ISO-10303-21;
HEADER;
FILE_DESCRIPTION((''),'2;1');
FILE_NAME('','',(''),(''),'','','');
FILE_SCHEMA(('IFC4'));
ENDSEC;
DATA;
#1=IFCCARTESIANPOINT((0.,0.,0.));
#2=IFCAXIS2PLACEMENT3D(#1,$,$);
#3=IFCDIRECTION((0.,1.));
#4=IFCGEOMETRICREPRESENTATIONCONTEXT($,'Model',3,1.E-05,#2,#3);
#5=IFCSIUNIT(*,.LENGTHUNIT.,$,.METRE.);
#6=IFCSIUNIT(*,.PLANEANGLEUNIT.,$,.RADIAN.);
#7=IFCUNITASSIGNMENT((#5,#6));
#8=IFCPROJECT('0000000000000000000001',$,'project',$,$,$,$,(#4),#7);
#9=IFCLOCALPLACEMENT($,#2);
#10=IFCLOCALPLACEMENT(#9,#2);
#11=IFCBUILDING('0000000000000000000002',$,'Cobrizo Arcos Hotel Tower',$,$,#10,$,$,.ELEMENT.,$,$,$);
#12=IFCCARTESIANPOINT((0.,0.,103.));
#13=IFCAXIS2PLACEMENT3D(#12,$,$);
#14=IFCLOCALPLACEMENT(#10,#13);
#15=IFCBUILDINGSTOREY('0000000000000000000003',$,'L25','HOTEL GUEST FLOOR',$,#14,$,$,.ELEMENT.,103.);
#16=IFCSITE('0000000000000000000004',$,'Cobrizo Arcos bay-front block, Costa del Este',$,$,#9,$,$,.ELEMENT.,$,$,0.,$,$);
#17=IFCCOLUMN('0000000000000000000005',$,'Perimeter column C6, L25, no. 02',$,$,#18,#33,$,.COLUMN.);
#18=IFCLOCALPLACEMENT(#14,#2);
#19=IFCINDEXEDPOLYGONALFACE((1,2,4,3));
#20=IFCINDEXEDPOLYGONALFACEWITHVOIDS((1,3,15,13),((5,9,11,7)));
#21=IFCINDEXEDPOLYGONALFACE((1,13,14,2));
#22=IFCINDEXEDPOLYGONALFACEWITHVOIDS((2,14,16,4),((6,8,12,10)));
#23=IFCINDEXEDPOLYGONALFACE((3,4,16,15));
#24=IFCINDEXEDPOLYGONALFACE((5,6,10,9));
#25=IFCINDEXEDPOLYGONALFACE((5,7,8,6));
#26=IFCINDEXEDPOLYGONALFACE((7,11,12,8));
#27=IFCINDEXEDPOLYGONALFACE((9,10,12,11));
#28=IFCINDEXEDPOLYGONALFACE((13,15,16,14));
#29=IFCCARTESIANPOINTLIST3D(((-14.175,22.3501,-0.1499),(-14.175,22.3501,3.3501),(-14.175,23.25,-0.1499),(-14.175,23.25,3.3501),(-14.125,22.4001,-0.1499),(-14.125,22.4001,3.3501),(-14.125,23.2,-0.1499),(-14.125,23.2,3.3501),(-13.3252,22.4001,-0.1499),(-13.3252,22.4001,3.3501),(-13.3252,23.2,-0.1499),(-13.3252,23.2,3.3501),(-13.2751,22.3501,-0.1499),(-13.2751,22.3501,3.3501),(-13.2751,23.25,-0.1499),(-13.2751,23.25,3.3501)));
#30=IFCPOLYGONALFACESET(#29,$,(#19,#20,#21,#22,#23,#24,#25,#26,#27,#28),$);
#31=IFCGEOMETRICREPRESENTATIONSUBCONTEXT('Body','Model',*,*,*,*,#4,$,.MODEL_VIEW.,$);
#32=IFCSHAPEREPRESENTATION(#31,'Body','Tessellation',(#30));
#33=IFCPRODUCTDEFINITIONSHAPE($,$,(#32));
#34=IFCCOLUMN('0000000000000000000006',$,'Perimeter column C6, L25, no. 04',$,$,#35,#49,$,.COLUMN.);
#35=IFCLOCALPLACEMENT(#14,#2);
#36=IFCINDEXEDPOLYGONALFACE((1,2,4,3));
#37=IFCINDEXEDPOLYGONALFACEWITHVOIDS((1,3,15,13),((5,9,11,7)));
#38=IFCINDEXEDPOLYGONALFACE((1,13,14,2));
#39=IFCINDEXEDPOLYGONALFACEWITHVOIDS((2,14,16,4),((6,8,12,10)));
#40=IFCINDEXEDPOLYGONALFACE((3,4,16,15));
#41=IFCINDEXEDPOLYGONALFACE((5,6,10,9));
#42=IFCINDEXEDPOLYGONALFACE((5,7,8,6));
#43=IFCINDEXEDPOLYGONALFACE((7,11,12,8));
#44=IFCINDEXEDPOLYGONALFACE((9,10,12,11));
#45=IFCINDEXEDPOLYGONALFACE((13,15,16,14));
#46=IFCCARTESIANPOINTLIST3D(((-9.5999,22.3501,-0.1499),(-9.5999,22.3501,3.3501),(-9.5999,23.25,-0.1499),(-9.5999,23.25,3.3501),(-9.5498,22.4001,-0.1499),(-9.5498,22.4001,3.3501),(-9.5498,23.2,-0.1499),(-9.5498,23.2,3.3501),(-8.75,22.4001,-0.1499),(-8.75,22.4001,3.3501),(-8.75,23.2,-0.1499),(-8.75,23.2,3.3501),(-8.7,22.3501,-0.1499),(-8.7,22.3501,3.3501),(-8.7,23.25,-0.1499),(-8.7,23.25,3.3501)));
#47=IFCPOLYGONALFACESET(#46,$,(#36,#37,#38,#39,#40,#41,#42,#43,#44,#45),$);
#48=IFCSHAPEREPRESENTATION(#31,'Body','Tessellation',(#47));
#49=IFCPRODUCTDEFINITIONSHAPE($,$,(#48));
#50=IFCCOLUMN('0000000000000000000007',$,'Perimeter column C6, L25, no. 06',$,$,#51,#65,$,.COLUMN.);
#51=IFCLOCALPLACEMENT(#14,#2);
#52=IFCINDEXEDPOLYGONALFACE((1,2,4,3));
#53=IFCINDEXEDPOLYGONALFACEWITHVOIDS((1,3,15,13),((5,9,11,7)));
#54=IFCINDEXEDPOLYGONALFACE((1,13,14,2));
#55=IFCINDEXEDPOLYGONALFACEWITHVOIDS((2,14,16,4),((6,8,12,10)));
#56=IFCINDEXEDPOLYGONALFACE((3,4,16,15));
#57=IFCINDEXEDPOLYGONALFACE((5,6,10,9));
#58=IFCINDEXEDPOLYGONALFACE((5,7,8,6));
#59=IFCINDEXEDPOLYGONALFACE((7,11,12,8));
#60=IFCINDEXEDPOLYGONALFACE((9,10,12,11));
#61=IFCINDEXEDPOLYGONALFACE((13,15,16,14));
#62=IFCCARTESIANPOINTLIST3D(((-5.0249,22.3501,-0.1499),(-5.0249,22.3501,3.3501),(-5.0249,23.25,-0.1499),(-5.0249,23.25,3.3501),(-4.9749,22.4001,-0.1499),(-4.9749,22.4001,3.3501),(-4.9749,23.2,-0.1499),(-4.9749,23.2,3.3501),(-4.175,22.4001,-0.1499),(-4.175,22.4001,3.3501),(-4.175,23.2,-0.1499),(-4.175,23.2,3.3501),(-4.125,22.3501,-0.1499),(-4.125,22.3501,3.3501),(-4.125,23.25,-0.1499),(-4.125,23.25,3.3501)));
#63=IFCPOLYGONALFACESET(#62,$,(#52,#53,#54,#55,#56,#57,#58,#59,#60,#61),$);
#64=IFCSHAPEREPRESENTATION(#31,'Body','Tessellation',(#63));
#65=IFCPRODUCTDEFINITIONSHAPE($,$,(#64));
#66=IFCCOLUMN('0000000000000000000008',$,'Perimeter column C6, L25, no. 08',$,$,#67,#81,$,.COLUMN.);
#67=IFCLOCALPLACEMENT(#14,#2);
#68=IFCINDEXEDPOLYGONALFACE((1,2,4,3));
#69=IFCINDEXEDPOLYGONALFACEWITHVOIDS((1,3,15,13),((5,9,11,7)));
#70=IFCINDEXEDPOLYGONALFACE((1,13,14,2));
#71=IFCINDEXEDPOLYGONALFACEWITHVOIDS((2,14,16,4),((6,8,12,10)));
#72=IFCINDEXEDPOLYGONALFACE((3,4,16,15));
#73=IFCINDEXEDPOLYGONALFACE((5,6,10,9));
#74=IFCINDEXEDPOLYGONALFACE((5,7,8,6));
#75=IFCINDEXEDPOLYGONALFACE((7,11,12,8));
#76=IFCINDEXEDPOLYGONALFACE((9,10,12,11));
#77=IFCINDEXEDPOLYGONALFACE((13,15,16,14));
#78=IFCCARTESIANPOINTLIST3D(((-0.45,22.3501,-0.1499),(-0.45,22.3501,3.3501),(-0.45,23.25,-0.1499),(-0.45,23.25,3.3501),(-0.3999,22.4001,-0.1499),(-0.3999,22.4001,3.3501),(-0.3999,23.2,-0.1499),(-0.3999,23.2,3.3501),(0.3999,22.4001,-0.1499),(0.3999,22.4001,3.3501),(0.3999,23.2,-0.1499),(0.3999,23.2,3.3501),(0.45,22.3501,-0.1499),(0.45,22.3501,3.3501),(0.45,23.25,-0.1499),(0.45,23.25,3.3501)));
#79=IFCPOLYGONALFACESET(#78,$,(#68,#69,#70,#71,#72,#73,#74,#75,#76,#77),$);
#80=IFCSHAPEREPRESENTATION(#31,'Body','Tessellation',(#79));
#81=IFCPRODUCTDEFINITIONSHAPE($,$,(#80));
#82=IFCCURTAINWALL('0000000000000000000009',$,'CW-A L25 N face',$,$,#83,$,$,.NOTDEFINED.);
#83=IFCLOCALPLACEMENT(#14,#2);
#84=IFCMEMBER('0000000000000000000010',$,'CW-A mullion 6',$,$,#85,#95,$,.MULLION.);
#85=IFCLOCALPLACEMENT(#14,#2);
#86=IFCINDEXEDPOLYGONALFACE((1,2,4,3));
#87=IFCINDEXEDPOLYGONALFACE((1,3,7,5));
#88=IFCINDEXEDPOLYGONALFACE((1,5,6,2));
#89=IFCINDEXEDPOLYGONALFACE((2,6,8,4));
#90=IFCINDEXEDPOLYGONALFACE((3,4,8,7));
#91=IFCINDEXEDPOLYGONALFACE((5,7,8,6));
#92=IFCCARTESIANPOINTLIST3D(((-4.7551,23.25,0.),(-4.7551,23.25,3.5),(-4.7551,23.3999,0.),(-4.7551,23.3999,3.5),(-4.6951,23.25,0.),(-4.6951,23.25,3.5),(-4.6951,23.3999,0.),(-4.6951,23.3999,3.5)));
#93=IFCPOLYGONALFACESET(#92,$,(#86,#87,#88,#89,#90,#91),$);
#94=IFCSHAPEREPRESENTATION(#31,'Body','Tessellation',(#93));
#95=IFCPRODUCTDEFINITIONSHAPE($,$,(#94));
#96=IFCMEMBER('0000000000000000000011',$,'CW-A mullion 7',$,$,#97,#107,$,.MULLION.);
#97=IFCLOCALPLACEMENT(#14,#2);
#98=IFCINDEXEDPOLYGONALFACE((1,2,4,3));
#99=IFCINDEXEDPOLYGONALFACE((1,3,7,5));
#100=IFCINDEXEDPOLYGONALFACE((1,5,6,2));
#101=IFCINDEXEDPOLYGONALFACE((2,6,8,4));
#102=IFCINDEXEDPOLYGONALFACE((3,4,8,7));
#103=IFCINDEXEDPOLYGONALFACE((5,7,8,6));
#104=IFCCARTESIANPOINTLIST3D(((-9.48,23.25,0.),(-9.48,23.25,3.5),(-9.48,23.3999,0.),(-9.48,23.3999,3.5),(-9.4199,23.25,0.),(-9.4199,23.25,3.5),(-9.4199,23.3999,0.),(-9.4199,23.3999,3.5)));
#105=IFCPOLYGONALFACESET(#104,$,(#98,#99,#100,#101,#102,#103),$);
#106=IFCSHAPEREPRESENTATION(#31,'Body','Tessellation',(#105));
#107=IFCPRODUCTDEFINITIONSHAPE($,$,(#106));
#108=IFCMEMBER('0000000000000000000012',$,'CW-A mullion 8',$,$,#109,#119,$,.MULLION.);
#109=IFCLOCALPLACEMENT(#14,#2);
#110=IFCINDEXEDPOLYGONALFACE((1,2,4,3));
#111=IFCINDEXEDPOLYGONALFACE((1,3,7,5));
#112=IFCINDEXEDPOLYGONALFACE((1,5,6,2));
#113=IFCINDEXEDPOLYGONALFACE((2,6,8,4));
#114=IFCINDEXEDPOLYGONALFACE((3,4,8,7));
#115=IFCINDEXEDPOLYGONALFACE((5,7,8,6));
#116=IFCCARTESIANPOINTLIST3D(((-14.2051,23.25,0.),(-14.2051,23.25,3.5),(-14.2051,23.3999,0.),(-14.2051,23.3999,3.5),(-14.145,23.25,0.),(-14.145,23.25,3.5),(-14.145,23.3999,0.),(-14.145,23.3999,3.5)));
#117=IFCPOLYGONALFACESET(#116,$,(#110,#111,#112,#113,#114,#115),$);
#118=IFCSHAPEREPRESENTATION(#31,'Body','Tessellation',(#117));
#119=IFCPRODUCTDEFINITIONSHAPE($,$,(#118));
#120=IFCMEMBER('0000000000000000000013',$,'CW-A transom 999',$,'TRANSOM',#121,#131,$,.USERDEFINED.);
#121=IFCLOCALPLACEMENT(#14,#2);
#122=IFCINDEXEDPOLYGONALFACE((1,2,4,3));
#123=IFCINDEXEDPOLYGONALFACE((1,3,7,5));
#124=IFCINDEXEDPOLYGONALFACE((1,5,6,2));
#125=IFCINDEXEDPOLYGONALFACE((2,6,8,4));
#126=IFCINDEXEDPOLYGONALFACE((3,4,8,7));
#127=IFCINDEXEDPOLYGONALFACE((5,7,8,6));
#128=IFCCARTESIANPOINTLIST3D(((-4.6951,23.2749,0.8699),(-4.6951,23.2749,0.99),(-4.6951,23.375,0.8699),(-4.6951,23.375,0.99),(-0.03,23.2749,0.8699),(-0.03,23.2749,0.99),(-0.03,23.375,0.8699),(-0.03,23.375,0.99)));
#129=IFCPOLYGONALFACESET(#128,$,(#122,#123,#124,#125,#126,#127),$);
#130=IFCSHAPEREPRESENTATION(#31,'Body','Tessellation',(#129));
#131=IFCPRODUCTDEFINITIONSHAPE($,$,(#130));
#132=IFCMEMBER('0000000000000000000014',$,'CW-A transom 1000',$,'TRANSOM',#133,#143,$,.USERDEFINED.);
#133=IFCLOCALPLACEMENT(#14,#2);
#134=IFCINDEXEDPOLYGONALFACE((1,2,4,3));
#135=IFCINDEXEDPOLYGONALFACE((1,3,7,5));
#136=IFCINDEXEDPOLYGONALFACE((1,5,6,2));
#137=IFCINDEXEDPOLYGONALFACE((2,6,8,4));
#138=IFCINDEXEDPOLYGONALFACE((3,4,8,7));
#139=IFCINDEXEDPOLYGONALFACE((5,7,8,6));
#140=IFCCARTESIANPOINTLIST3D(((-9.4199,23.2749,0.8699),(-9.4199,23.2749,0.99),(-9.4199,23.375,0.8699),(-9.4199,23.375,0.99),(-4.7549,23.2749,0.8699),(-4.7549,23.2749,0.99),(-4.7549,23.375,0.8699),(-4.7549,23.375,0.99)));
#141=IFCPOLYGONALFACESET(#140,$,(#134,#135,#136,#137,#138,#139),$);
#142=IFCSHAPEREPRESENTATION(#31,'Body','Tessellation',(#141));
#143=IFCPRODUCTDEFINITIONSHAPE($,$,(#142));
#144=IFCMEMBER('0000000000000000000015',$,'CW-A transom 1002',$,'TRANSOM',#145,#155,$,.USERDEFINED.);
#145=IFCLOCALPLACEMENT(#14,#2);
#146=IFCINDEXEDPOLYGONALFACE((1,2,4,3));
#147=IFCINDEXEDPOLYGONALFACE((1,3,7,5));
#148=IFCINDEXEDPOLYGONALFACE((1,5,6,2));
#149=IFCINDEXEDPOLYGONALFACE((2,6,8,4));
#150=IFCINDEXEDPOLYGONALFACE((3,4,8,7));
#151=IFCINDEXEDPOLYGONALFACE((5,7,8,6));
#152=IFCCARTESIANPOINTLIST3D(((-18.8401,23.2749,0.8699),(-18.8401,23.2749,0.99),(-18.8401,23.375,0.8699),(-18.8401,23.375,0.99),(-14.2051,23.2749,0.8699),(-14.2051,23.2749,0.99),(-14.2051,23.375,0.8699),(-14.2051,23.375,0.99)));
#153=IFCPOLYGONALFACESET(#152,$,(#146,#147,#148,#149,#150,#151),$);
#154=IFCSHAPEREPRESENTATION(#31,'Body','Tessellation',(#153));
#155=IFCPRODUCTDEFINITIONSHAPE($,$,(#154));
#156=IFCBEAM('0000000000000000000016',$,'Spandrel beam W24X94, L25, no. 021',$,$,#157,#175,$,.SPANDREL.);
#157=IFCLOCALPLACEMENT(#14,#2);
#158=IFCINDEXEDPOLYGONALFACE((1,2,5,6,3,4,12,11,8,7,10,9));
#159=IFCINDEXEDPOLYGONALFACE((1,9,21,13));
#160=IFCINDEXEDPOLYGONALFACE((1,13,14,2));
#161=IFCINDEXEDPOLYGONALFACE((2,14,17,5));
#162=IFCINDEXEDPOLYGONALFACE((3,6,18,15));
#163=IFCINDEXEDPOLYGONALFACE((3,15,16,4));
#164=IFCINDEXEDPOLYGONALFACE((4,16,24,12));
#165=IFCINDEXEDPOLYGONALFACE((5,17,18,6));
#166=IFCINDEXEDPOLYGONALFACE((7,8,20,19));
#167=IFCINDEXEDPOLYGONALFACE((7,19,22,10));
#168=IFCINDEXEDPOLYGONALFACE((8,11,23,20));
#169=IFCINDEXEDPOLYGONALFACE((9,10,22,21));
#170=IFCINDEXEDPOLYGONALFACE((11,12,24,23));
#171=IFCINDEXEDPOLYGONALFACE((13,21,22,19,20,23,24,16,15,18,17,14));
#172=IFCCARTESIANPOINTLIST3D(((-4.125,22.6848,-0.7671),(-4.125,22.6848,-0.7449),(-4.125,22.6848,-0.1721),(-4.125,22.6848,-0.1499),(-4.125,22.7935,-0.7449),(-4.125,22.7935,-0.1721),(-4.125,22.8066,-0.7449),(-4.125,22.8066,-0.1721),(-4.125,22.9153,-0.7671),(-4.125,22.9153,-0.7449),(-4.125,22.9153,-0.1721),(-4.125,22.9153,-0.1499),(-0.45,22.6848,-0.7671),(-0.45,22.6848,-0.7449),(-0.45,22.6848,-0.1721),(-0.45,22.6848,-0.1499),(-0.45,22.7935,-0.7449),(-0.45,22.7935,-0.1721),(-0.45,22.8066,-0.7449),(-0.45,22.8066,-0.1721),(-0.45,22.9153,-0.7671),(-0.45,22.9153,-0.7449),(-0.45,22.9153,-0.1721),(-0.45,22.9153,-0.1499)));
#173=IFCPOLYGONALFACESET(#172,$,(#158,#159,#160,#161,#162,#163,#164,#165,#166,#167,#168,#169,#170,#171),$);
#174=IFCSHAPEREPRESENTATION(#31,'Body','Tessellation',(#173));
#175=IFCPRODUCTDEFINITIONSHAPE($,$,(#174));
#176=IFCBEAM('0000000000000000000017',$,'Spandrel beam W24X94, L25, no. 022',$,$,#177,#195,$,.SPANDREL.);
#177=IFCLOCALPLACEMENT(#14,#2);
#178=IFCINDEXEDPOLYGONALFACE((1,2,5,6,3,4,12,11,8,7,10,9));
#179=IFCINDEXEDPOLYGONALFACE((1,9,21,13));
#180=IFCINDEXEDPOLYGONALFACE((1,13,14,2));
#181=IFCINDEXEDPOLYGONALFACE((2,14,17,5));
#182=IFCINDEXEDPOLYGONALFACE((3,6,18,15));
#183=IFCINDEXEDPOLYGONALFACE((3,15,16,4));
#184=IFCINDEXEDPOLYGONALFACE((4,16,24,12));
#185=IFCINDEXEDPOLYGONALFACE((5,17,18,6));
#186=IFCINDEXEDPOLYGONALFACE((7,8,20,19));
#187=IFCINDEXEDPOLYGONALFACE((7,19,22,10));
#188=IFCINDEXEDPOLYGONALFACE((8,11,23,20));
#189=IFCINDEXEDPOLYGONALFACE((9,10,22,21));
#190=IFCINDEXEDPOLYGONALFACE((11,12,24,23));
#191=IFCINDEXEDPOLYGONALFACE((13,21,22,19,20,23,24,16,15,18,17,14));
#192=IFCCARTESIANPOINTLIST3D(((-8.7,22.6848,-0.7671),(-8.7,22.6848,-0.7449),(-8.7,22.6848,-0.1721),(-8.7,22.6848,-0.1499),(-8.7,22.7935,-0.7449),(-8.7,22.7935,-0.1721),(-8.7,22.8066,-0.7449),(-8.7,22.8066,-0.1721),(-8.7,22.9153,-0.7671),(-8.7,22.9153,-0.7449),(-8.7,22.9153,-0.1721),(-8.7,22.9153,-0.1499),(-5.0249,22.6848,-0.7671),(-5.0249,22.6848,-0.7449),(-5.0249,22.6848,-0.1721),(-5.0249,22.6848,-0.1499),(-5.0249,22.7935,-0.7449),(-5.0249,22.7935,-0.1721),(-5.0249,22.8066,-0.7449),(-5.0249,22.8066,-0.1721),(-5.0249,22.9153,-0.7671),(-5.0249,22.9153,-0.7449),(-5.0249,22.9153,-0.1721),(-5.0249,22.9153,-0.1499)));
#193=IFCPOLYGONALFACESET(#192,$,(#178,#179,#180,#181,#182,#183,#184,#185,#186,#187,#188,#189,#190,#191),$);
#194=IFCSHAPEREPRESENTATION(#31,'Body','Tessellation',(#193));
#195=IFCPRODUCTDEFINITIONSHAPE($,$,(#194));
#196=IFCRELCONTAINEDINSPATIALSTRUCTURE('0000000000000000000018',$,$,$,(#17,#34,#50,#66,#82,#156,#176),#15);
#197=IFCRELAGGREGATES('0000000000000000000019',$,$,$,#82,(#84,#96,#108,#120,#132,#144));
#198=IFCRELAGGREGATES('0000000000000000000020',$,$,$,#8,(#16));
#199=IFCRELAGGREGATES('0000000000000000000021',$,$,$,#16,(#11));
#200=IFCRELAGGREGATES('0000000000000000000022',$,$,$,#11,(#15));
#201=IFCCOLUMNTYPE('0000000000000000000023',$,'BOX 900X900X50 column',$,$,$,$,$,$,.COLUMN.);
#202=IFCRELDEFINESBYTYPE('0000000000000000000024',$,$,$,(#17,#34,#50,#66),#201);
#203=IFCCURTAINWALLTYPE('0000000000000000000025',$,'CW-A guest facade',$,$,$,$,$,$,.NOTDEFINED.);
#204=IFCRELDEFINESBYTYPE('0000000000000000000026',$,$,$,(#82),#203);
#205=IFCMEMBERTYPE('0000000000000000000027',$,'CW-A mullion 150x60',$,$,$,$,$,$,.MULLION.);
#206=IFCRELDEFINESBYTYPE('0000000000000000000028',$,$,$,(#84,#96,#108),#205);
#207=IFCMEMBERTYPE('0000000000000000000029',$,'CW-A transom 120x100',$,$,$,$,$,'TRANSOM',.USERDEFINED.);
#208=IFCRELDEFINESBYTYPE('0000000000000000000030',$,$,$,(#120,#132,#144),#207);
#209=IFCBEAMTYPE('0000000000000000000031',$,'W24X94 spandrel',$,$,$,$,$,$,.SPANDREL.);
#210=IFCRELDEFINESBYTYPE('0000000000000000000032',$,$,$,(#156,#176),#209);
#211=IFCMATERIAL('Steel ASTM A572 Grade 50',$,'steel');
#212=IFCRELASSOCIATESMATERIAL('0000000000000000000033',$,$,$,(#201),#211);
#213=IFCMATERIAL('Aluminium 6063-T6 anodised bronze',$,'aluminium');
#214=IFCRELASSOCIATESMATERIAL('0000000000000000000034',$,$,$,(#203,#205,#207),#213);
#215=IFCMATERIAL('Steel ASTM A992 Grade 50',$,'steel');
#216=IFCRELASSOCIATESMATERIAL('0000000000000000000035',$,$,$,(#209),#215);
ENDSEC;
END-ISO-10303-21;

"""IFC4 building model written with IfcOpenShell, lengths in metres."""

from ifc_helpers import new_model, si_unit, direction, frame, origin, origin_2d, place, context, subcontext, project, spatial, rectangle, hollow_rectangle, i_section, extrude, material, material_profile, profile_set, type_object, element, aggregate, save


model = new_model("IFC4")

# Units and contexts
model_context = context("Model", 3, precision=1e-05, world=origin(), true_north=direction((0.0, 1.0)))
body_context = subcontext(model_context, "Body", "Model", "MODEL_VIEW")
ifc_project = project(units=[si_unit("LENGTHUNIT", "METRE"), si_unit("PLANEANGLEUNIT", "RADIAN")], contexts=[model_context])

# Site, building, storey
site_placement = place(None, origin())
site = spatial("IfcSite", under=ifc_project, at=site_placement, Name="Cobrizo Arcos bay-front block, Costa del Este", CompositionType="ELEMENT", RefElevation=0.0)
building_placement = place(site_placement, origin())
building = spatial("IfcBuilding", under=site, at=building_placement, Name="Cobrizo Arcos Hotel Tower", CompositionType="ELEMENT")
storey_placement = place(building_placement, frame((0.0, 0.0, 103.0)))
storey = spatial("IfcBuildingStorey", under=building, at=storey_placement, Name="L25", Description="HOTEL GUEST FLOOR", CompositionType="ELEMENT", Elevation=103.0)

# Columns
ifc_material_1 = material(Name="Steel ASTM A572 Grade 50", Category="steel")
ifc_material_profile_1 = material_profile(ifc_material_1, hollow_rectangle(XDim=0.8999, YDim=0.8999, WallThickness=0.05, at=origin_2d()), Name="BOX 900X900X50")
ifc_profile_set_1 = profile_set([ifc_material_profile_1], Name="Steel ASTM A572 Grade 50")
column_type = type_object("IfcColumnType", Name="BOX 900X900X50 column", PredefinedType="COLUMN", material=ifc_profile_set_1)
for number, where, z_axis, x_axis, name in (
    (1, (-13.7251, 22.8, -0.1499), (0.0, 0.0, 1.0), (1.0, 0.0, 0.0), "Perimeter column C6, L25, no. 02"),
    (2, (-9.1499, 22.8, -0.1499), (0.0, 0.0, 1.0), (1.0, 0.0, 0.0), "Perimeter column C6, L25, no. 04"),
    (3, (-4.575, 22.8, -0.1499), (0.0, 0.0, 1.0), (1.0, 0.0, 0.0), "Perimeter column C6, L25, no. 06"),
    (4, (0.0, 22.8, -0.1499), (0.0, 0.0, 1.0), (1.0, 0.0, 0.0), "Perimeter column C6, L25, no. 08"),
):
    element("IfcColumn", number, at=place(storey_placement, frame(where, z_axis=z_axis, x_axis=x_axis)), inside=storey, type_object=column_type, Name=name, PredefinedType="COLUMN", context=body_context, shape_type="SweptSolid", body=[
        extrude(hollow_rectangle(XDim=0.8999, YDim=0.8999, WallThickness=0.05, at=origin_2d()), origin(), (0.0, 0.0, 1.0), 3.5),
    ])

# Curtain wall, members
ifc_material_2 = material(Name="Aluminium 6063-T6 anodised bronze", Category="aluminium")
curtain_wall_type = type_object("IfcCurtainWallType", Name="CW-A guest facade", PredefinedType="NOTDEFINED", material=ifc_material_2)
curtain_wall_placement = place(storey_placement, origin())
curtain_wall = element("IfcCurtainWall", 5, at=curtain_wall_placement, inside=storey, type_object=curtain_wall_type, Name="CW-A L25 N face", PredefinedType="NOTDEFINED")
ifc_material_profile_2 = material_profile(ifc_material_2, rectangle(XDim=0.1499, YDim=0.0601, at=origin_2d()), Name="CW-A mullion 150x60")
ifc_profile_set_2 = profile_set([ifc_material_profile_2], Name="Aluminium 6063-T6 anodised bronze")
member_type_1 = type_object("IfcMemberType", Name="CW-A mullion 150x60", PredefinedType="MULLION", material=ifc_profile_set_2)
member_1_placement = place(storey_placement, frame((-4.7251, 23.325, 0.0), z_axis=(0.0, 0.0, 1.0), x_axis=(0.0, 1.0, 0.0)))
member_1 = element("IfcMember", 6, at=member_1_placement, type_object=member_type_1, Name="CW-A mullion 6", PredefinedType="MULLION", context=body_context, shape_type="SweptSolid", body=[
    extrude(rectangle(XDim=0.1499, YDim=0.0601, at=origin_2d()), origin(), (0.0, 0.0, 1.0), 3.5),
])
member_2_placement = place(storey_placement, frame((-9.45, 23.325, 0.0), z_axis=(0.0, 0.0, 1.0), x_axis=(0.0, 1.0, 0.0)))
member_2 = element("IfcMember", 7, at=member_2_placement, type_object=member_type_1, Name="CW-A mullion 7", PredefinedType="MULLION", context=body_context, shape_type="SweptSolid", body=[
    extrude(rectangle(XDim=0.1499, YDim=0.0601, at=origin_2d()), origin(), (0.0, 0.0, 1.0), 3.5),
])
member_3_placement = place(storey_placement, frame((-14.175, 23.325, 0.0), z_axis=(0.0, 0.0, 1.0), x_axis=(0.0, 1.0, 0.0)))
member_3 = element("IfcMember", 8, at=member_3_placement, type_object=member_type_1, Name="CW-A mullion 8", PredefinedType="MULLION", context=body_context, shape_type="SweptSolid", body=[
    extrude(rectangle(XDim=0.1499, YDim=0.0601, at=origin_2d()), origin(), (0.0, 0.0, 1.0), 3.5),
])
ifc_material_profile_3 = material_profile(ifc_material_2, rectangle(XDim=0.1001, YDim=0.1201, at=origin_2d()), Name="CW-A transom 120x100")
ifc_profile_set_3 = profile_set([ifc_material_profile_3], Name="Aluminium 6063-T6 anodised bronze")
member_type_2 = type_object("IfcMemberType", Name="CW-A transom 120x100", ElementType="TRANSOM", PredefinedType="USERDEFINED", material=ifc_profile_set_3)
member_4_placement = place(storey_placement, frame((-0.03, 23.325, 0.9299), z_axis=(-1.0, 0.0, 0.0), x_axis=(0.0, -1.0, 0.0)))
member_4 = element("IfcMember", 9, at=member_4_placement, type_object=member_type_2, Name="CW-A transom 999", ObjectType="TRANSOM", PredefinedType="USERDEFINED", context=body_context, shape_type="SweptSolid", body=[
    extrude(rectangle(XDim=0.1001, YDim=0.1201, at=origin_2d()), origin(), (0.0, 0.0, 1.0), 4.665),
])
member_5_placement = place(storey_placement, frame((-4.7549, 23.325, 0.9299), z_axis=(-1.0, 0.0, 0.0), x_axis=(0.0, -1.0, 0.0)))
member_5 = element("IfcMember", 10, at=member_5_placement, type_object=member_type_2, Name="CW-A transom 1000", ObjectType="TRANSOM", PredefinedType="USERDEFINED", context=body_context, shape_type="SweptSolid", body=[
    extrude(rectangle(XDim=0.1001, YDim=0.1201, at=origin_2d()), origin(), (0.0, 0.0, 1.0), 4.665),
])
member_6_placement = place(storey_placement, frame((-14.2051, 23.325, 0.9299), z_axis=(-1.0, 0.0, 0.0), x_axis=(0.0, -1.0, 0.0)))
member_6 = element("IfcMember", 11, at=member_6_placement, type_object=member_type_2, Name="CW-A transom 1002", ObjectType="TRANSOM", PredefinedType="USERDEFINED", context=body_context, shape_type="SweptSolid", body=[
    extrude(rectangle(XDim=0.1001, YDim=0.1201, at=origin_2d()), origin(), (0.0, 0.0, 1.0), 4.635),
])

# Beams
ifc_material_3 = material(Name="Steel ASTM A992 Grade 50", Category="steel")
ifc_material_profile_4 = material_profile(ifc_material_3, i_section(OverallWidth=0.2305, OverallDepth=0.6172, WebThickness=0.0132, FlangeThickness=0.0222, at=origin_2d()), Name="W24X94")
ifc_profile_set_4 = profile_set([ifc_material_profile_4], Name="Steel ASTM A992 Grade 50")
beam_type = type_object("IfcBeamType", Name="W24X94 spandrel", PredefinedType="SPANDREL", material=ifc_profile_set_4)
for number, where, z_axis, x_axis, name in (
    (12, (-0.45, 22.8, -0.4585), (-1.0, 0.0, 0.0), (0.0, -1.0, 0.0), "Spandrel beam W24X94, L25, no. 021"),
    (13, (-5.0249, 22.8, -0.4585), (-1.0, 0.0, 0.0), (0.0, -1.0, 0.0), "Spandrel beam W24X94, L25, no. 022"),
):
    element("IfcBeam", number, at=place(storey_placement, frame(where, z_axis=z_axis, x_axis=x_axis)), inside=storey, type_object=beam_type, Name=name, PredefinedType="SPANDREL", context=body_context, shape_type="SweptSolid", body=[
        extrude(i_section(OverallWidth=0.2305, OverallDepth=0.6172, WebThickness=0.0132, FlangeThickness=0.0222, at=origin_2d()), origin(), (0.0, 0.0, 1.0), 3.675),
    ])

aggregate(curtain_wall, [member_1, member_2, member_3, member_4, member_5, member_6])

save(model, "model.ifc")
